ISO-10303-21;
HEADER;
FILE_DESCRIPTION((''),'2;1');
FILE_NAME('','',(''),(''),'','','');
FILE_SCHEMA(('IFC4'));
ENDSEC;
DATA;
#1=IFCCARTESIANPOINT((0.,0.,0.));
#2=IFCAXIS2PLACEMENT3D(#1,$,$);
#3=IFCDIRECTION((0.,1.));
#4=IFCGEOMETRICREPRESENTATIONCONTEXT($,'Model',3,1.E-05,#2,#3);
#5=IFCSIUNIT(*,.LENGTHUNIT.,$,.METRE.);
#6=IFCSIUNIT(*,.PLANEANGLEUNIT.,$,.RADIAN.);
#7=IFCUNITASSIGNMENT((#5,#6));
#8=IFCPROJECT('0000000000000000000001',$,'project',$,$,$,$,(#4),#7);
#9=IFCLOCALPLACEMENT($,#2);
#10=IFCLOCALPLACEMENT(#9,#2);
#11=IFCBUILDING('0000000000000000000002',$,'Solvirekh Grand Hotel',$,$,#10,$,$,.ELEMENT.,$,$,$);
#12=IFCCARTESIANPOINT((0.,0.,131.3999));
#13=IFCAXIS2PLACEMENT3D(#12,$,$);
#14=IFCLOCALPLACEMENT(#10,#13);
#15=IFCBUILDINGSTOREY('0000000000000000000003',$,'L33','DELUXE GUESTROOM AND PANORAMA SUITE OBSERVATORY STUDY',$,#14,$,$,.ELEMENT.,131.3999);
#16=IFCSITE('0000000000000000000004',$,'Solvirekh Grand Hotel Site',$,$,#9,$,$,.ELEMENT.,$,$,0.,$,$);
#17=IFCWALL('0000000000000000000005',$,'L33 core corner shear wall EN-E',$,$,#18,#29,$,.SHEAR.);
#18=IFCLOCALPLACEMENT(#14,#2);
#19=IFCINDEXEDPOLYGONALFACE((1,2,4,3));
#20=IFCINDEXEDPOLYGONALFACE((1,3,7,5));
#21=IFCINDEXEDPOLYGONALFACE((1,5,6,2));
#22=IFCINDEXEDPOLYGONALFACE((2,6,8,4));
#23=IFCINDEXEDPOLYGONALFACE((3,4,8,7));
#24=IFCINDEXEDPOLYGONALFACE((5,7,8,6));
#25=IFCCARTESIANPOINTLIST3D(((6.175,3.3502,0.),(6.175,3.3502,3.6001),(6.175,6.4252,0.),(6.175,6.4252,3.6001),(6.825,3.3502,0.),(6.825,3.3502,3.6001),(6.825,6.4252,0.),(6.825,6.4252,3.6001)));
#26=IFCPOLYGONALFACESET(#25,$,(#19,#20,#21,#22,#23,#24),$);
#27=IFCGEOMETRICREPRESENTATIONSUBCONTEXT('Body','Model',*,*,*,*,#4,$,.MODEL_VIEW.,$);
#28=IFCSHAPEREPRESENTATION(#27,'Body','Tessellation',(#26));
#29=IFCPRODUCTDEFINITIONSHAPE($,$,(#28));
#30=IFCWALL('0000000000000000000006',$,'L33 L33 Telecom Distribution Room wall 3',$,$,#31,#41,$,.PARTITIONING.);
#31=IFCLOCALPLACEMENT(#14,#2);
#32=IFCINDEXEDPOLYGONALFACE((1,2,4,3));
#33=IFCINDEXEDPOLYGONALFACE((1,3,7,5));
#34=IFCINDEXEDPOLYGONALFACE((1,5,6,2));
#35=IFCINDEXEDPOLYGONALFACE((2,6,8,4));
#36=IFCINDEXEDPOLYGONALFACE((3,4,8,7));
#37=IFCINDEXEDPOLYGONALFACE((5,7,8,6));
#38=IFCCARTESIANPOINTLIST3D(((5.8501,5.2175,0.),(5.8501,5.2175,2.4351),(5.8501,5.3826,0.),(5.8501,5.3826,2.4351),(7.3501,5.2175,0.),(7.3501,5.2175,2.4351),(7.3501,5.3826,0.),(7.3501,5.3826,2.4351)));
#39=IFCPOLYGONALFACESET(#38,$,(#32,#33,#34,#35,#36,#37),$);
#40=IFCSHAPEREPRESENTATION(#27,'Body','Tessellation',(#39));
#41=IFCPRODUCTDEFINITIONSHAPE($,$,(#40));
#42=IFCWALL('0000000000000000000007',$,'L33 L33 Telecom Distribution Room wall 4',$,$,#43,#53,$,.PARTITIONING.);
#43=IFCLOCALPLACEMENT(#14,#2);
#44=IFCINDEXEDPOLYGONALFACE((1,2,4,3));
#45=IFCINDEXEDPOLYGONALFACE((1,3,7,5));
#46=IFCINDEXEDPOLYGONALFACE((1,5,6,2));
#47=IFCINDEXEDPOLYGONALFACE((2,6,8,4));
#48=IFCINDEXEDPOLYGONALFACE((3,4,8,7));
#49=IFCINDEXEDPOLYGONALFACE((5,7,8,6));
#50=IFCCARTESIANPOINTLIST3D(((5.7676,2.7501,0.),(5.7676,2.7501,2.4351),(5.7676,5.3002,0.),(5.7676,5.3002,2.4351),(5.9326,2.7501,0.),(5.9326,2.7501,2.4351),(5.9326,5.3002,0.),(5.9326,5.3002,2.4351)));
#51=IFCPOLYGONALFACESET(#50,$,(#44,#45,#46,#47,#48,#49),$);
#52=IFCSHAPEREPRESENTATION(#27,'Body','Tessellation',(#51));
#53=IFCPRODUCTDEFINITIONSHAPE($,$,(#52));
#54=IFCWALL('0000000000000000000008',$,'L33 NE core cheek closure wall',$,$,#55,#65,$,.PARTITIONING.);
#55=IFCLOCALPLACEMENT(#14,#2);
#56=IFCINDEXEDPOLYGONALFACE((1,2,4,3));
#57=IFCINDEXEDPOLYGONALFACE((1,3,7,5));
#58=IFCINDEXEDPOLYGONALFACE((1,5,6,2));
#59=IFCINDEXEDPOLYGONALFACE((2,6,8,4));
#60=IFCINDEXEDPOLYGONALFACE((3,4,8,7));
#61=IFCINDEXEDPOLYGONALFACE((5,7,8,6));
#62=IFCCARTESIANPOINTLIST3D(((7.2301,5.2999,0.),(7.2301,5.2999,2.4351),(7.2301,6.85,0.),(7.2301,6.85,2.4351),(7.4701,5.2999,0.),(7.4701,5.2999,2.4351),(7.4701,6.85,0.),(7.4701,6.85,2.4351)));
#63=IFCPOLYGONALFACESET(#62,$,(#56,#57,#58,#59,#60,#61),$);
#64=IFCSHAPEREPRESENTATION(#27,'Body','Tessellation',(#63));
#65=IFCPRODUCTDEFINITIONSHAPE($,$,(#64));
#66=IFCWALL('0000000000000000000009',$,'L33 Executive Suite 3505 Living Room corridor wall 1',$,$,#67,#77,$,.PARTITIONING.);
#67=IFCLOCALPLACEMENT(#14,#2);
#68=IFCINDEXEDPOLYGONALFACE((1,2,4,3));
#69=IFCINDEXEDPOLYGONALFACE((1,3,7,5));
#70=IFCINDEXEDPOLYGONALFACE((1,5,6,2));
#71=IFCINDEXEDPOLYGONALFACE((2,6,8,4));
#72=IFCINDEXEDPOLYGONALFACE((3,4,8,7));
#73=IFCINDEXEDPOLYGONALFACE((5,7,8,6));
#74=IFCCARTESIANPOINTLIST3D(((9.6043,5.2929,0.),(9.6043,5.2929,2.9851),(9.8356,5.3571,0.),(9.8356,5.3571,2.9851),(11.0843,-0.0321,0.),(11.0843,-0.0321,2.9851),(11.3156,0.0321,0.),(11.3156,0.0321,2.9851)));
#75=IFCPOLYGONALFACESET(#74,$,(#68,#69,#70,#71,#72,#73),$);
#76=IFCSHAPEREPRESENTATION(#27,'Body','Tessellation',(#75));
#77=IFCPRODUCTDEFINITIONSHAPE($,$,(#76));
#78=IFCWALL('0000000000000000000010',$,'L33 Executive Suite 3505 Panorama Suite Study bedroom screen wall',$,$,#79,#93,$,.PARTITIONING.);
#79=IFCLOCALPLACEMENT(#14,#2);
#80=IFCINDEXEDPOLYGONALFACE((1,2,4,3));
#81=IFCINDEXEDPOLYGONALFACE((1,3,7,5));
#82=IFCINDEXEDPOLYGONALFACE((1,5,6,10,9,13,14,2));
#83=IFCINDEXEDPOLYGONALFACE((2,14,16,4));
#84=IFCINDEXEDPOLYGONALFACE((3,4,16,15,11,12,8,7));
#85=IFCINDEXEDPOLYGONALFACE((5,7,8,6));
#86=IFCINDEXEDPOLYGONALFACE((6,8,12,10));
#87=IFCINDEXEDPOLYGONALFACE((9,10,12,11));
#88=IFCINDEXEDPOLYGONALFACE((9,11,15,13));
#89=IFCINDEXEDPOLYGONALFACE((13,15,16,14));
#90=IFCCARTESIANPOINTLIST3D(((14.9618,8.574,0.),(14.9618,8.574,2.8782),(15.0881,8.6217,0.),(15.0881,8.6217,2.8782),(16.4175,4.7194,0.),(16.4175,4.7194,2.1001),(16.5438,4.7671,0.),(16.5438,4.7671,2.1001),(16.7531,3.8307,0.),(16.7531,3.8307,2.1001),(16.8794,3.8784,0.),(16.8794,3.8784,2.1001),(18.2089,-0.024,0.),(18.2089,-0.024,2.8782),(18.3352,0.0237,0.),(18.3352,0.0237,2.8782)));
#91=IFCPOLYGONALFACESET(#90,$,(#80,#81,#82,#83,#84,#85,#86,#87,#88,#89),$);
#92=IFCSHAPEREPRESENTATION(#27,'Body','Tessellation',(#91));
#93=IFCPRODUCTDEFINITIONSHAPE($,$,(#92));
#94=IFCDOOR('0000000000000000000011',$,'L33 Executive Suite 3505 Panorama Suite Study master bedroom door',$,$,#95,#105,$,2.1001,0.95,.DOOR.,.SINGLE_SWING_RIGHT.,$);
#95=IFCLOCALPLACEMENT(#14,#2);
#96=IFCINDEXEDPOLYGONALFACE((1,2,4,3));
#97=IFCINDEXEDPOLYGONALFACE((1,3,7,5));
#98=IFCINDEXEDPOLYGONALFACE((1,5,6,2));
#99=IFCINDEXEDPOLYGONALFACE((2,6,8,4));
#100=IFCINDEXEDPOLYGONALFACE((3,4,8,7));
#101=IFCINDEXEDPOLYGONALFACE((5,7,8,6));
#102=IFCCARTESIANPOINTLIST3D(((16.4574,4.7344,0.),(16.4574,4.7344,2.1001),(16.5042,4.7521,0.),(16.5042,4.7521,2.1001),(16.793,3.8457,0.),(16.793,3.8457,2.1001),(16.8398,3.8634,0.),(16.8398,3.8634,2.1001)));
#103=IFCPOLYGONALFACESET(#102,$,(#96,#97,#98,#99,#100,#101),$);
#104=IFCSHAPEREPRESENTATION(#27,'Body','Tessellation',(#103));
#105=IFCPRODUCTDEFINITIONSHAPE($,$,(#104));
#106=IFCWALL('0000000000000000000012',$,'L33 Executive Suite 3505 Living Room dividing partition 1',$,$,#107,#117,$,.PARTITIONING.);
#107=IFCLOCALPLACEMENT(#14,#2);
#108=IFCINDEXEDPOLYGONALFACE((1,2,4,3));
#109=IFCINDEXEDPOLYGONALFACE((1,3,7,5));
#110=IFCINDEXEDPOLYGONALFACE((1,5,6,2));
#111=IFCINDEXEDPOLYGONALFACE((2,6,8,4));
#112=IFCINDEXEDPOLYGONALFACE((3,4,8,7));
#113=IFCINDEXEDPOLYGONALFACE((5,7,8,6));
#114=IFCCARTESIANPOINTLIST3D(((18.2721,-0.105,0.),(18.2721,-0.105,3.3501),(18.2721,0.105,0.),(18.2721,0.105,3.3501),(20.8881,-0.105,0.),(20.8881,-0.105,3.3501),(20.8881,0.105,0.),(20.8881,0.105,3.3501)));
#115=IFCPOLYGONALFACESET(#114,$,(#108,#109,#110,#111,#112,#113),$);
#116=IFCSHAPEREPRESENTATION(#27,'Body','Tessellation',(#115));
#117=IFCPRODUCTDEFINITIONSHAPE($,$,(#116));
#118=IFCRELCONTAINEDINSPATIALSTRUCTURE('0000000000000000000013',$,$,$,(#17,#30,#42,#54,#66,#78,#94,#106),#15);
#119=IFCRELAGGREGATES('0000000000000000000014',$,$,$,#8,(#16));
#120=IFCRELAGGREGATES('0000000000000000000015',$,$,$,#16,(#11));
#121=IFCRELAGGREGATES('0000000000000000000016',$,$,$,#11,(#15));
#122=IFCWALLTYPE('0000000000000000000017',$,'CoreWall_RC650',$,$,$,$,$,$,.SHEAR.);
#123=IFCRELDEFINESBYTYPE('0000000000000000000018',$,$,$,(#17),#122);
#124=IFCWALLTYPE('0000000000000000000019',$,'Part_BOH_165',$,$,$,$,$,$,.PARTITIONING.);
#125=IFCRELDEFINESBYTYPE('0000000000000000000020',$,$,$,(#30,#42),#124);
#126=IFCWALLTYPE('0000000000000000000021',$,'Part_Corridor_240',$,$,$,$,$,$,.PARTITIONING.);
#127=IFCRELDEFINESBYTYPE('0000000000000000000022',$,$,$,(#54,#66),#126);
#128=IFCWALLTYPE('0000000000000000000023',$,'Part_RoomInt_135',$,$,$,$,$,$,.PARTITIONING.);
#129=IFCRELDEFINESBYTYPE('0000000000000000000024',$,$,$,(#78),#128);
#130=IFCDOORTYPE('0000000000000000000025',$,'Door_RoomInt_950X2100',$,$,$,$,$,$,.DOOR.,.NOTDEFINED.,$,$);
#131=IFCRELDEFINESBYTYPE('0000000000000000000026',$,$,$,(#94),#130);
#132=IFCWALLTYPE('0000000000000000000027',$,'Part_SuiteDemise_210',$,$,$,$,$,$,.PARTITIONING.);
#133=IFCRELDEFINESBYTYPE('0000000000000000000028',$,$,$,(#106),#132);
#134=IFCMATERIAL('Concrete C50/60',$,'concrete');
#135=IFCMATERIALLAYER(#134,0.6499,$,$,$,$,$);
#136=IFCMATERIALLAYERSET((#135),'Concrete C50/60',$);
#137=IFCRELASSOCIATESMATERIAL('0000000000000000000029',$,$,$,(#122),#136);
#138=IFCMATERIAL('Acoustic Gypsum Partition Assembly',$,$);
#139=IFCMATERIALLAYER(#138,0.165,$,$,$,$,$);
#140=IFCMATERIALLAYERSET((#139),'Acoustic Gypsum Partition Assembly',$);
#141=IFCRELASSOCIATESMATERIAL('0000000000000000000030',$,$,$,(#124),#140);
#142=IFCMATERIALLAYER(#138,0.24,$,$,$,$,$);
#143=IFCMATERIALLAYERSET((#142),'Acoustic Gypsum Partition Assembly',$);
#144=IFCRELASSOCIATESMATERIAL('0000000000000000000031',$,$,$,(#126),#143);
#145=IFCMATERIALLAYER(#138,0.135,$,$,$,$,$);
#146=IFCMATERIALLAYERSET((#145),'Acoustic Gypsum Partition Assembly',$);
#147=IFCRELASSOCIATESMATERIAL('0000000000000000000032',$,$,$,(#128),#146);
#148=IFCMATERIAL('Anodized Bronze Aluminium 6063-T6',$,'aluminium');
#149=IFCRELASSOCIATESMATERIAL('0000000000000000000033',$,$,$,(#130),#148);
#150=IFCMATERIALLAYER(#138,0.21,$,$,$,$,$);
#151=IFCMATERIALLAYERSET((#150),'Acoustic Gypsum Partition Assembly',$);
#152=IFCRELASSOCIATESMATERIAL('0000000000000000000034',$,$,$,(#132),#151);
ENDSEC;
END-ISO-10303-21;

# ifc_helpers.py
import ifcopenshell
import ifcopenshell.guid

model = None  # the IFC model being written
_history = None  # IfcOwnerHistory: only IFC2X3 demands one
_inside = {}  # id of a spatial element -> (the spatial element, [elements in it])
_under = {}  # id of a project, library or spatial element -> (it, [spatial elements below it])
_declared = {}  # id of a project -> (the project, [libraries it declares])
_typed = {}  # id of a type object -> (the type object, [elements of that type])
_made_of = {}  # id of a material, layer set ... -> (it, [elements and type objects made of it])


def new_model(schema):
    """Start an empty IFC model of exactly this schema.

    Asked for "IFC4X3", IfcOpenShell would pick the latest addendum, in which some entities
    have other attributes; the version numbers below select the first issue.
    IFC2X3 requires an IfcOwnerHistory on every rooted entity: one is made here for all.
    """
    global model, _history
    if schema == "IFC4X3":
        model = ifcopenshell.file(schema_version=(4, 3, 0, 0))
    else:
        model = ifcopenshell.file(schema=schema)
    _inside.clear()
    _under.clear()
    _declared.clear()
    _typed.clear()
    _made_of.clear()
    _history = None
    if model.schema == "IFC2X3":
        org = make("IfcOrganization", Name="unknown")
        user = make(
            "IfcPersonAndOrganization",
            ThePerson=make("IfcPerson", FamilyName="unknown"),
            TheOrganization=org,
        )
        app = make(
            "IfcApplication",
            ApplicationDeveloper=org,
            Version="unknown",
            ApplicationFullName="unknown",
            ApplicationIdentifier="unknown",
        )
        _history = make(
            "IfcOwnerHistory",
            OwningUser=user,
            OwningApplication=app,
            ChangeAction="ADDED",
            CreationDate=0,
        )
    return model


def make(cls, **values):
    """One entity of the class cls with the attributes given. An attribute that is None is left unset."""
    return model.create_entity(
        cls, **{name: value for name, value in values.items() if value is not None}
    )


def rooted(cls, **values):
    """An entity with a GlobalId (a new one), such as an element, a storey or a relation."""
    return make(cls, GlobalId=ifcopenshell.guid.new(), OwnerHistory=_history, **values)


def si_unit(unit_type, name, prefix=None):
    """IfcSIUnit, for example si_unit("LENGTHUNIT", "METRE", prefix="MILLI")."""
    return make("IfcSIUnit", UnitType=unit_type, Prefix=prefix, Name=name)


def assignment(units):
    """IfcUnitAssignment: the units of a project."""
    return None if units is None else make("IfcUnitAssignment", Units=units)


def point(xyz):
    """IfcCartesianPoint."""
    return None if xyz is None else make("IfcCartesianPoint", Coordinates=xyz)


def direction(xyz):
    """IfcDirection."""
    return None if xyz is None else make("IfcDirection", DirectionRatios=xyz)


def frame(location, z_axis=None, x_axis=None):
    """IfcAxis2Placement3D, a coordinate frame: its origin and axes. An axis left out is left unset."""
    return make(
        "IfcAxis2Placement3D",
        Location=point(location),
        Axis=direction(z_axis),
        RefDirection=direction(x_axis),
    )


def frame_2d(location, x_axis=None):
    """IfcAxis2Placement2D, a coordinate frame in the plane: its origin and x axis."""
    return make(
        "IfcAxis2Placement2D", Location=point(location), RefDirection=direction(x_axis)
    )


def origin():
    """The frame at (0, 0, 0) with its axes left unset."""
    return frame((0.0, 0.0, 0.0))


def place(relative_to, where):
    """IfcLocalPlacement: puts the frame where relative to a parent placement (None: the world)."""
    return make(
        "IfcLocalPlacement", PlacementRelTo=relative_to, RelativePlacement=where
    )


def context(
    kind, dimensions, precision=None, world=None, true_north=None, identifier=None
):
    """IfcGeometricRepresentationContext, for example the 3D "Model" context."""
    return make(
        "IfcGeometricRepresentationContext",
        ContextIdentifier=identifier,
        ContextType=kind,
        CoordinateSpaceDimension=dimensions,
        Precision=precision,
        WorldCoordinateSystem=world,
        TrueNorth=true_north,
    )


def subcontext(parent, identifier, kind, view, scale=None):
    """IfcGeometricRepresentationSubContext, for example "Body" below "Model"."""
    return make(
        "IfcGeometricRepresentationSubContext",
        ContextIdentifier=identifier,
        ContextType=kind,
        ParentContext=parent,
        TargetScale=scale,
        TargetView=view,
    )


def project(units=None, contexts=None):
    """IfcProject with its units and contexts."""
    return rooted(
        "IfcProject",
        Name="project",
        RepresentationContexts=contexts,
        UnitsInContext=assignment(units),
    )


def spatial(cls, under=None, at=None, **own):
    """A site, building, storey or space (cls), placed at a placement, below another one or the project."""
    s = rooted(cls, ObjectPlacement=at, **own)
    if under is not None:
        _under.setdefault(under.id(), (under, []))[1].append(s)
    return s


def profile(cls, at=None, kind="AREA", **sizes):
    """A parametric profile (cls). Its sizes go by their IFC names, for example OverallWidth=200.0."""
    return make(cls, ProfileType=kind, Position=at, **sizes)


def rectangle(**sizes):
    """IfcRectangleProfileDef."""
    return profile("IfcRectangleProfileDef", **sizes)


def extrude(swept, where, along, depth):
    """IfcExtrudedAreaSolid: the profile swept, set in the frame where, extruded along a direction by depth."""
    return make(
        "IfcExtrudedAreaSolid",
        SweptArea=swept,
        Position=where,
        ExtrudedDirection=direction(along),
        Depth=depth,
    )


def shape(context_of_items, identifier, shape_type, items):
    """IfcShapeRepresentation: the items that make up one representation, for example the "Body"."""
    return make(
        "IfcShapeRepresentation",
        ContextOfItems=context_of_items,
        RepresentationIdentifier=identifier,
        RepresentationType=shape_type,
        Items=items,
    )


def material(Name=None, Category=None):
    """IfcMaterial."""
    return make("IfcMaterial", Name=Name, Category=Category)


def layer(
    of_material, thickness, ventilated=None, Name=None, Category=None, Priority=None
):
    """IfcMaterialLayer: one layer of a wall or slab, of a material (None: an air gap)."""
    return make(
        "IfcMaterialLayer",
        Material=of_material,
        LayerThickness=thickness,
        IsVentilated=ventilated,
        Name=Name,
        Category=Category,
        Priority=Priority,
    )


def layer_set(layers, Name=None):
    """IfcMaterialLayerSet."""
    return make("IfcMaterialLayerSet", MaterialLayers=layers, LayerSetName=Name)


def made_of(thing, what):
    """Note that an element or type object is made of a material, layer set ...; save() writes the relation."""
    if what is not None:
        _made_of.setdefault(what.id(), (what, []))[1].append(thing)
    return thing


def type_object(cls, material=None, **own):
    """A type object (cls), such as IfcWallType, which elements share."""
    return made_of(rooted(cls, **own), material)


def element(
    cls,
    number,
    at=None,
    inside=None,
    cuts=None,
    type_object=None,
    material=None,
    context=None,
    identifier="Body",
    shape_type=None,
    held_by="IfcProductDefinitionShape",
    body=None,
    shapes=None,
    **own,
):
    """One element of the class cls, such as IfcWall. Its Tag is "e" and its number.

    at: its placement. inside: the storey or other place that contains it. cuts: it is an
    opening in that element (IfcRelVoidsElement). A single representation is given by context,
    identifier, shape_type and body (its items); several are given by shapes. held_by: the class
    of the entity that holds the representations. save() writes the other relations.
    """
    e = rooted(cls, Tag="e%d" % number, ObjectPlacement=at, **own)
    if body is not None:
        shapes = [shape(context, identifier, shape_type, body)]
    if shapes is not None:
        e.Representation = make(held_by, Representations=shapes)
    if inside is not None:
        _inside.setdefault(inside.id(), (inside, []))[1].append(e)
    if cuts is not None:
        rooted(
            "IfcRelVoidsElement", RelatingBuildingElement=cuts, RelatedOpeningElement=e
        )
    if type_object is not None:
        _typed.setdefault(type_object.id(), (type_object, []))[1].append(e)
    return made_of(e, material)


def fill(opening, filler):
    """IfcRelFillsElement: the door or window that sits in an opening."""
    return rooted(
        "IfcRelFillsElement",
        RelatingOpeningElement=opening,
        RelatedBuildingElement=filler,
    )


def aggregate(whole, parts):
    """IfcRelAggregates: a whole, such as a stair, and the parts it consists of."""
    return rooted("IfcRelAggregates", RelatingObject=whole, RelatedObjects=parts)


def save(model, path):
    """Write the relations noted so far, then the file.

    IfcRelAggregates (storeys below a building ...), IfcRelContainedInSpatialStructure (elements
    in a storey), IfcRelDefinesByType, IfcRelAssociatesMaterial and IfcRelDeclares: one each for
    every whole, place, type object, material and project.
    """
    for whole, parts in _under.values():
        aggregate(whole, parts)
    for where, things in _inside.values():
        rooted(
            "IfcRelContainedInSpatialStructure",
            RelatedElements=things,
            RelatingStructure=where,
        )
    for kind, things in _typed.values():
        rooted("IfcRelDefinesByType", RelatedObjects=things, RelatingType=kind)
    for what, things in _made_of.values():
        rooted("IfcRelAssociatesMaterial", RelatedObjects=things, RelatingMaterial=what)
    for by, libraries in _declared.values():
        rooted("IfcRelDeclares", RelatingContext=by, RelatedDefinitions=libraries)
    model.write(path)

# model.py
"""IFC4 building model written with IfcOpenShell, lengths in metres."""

from ifc_helpers import new_model, si_unit, direction, frame, frame_2d, origin, place, context, subcontext, project, spatial, rectangle, extrude, material, layer, layer_set, type_object, element, fill, save


model = new_model("IFC4")

# Units and contexts
model_context = context("Model", 3, precision=1e-05, world=origin(), true_north=direction((0.0, 1.0)))
body_context = subcontext(model_context, "Body", "Model", "MODEL_VIEW")
ifc_project = project(units=[si_unit("LENGTHUNIT", "METRE"), si_unit("PLANEANGLEUNIT", "RADIAN")], contexts=[model_context])

# Site, building, storey
site_placement = place(None, origin())
site = spatial("IfcSite", under=ifc_project, at=site_placement, Name="Solvirekh Grand Hotel Site", CompositionType="ELEMENT", RefElevation=0.0)
building_placement = place(site_placement, origin())
building = spatial("IfcBuilding", under=site, at=building_placement, Name="Solvirekh Grand Hotel", CompositionType="ELEMENT")
storey_placement = place(building_placement, frame((0.0, 0.0, 131.3999)))
storey = spatial("IfcBuildingStorey", under=building, at=storey_placement, Name="L33", Description="DELUXE GUESTROOM AND PANORAMA SUITE OBSERVATORY STUDY", CompositionType="ELEMENT", Elevation=131.3999)

# Shared definitions
ifc_material_1 = material(Name="Concrete C50/60", Category="concrete")

# Shared definitions
ifc_material_2 = material(Name="Anodized Bronze Aluminium 6063-T6", Category="aluminium")

# Wall
ifc_layer_1 = layer(ifc_material_1, 0.6499)
ifc_layer_set_1 = layer_set([ifc_layer_1], Name="Concrete C50/60")
wall_type_1 = type_object("IfcWallType", Name="CoreWall_RC650", PredefinedType="SHEAR", material=ifc_layer_set_1)
wall_1_placement = place(storey_placement, frame((6.5, 3.3501, 0.0), z_axis=(0.0, 0.0, 1.0), x_axis=(0.0, 1.0, 0.0)))
element("IfcWall", 1, at=wall_1_placement, inside=storey, type_object=wall_type_1, Name="L33 core corner shear wall EN-E", PredefinedType="SHEAR", context=body_context, shape_type="SweptSolid", body=[
    extrude(rectangle(XDim=3.075, YDim=0.6499, at=frame_2d((1.5376, 0.0))), origin(), (0.0, 0.0, 1.0), 3.6001),
])

# Shared definitions
ifc_material_3 = material(Name="Acoustic Gypsum Partition Assembly")
ifc_layer_2 = layer(ifc_material_3, 0.165)
ifc_layer_set_2 = layer_set([ifc_layer_2], Name="Acoustic Gypsum Partition Assembly")
wall_type_2 = type_object("IfcWallType", Name="Part_BOH_165", PredefinedType="PARTITIONING", material=ifc_layer_set_2)

# Walls
wall_2_placement = place(storey_placement, frame((7.3501, 5.3, 0.0), z_axis=(0.0, 0.0, 1.0), x_axis=(-1.0, 0.0, 0.0)))
element("IfcWall", 2, at=wall_2_placement, inside=storey, type_object=wall_type_2, Name="L33 L33 Telecom Distribution Room wall 3", PredefinedType="PARTITIONING", context=body_context, shape_type="SweptSolid", body=[
    extrude(rectangle(XDim=1.5, YDim=0.165, at=frame_2d((0.75, 0.0))), origin(), (0.0, 0.0, 1.0), 2.4351),
])
wall_3_placement = place(storey_placement, frame((5.8501, 5.3, 0.0), z_axis=(0.0, 0.0, 1.0), x_axis=(0.0, -1.0, 0.0)))
element("IfcWall", 3, at=wall_3_placement, inside=storey, type_object=wall_type_2, Name="L33 L33 Telecom Distribution Room wall 4", PredefinedType="PARTITIONING", context=body_context, shape_type="SweptSolid", body=[
    extrude(rectangle(XDim=2.55, YDim=0.165, at=frame_2d((1.2749, 0.0))), origin(), (0.0, 0.0, 1.0), 2.4351),
])
ifc_layer_3 = layer(ifc_material_3, 0.24)
ifc_layer_set_3 = layer_set([ifc_layer_3], Name="Acoustic Gypsum Partition Assembly")
wall_type_3 = type_object("IfcWallType", Name="Part_Corridor_240", PredefinedType="PARTITIONING", material=ifc_layer_set_3)
wall_4_placement = place(storey_placement, frame((7.3501, 5.3, 0.0), z_axis=(0.0, 0.0, 1.0), x_axis=(0.0, 1.0, 0.0)))
element("IfcWall", 4, at=wall_4_placement, inside=storey, type_object=wall_type_3, Name="L33 NE core cheek closure wall", PredefinedType="PARTITIONING", context=body_context, shape_type="SweptSolid", body=[
    extrude(rectangle(XDim=1.55, YDim=0.24, at=frame_2d((0.7749, 0.0))), origin(), (0.0, 0.0, 1.0), 2.4351),
])
wall_5_placement = place(storey_placement, frame((11.2, 0.0, 0.0), z_axis=(0.0, 0.0, 1.0), x_axis=(-0.267783, 0.963479, 0.0)))
element("IfcWall", 5, at=wall_5_placement, inside=storey, type_object=wall_type_3, Name="L33 Executive Suite 3505 Living Room corridor wall 1", PredefinedType="PARTITIONING", context=body_context, shape_type="SweptSolid", body=[
    extrude(rectangle(XDim=5.5269, YDim=0.24, at=frame_2d((2.7634, 0.0))), origin(), (0.0, 0.0, 1.0), 2.9851),
])

# Wall, opening, door
ifc_layer_4 = layer(ifc_material_3, 0.135)
ifc_layer_set_4 = layer_set([ifc_layer_4], Name="Acoustic Gypsum Partition Assembly")
wall_type_4 = type_object("IfcWallType", Name="Part_RoomInt_135", PredefinedType="PARTITIONING", material=ifc_layer_set_4)
wall_6_placement = place(storey_placement, frame((18.272, 0.0, 0.0), z_axis=(0.0, 0.0, 1.0), x_axis=(-0.353303, 0.935509, 0.0)))
wall_6 = element("IfcWall", 6, at=wall_6_placement, inside=storey, type_object=wall_type_4, Name="L33 Executive Suite 3505 Panorama Suite Study bedroom screen wall", PredefinedType="PARTITIONING", context=body_context, shape_type="SweptSolid", body=[
    extrude(rectangle(XDim=9.1907, YDim=0.135, at=frame_2d((4.5952, 0.0))), origin(), (0.0, 0.0, 1.0), 2.8782),
])
opening_1_placement = place(wall_6_placement, frame((4.1201, 0.0, 0.0)))
opening_1 = element("IfcOpeningElement", 7, at=opening_1_placement, cuts=wall_6, PredefinedType="OPENING", context=body_context, shape_type="SweptSolid", body=[
    extrude(rectangle(XDim=0.95, YDim=2.1001, at=frame_2d((0.4751, 1.05))), frame((0.0, 0.0776, 0.0), z_axis=(0.0, -1.0, 0.0), x_axis=(1.0, 0.0, 0.0)), (0.0, 0.0, 1.0), 0.155),
])
door_type_1 = type_object("IfcDoorType", Name="Door_RoomInt_950X2100", OperationType="NOTDEFINED", PredefinedType="DOOR", material=ifc_material_2)
door_1_placement = place(opening_1_placement, origin())
door_1 = element("IfcDoor", 8, at=door_1_placement, inside=storey, type_object=door_type_1, Name="L33 Executive Suite 3505 Panorama Suite Study master bedroom door", OperationType="SINGLE_SWING_RIGHT", OverallHeight=2.1001, OverallWidth=0.95, PredefinedType="DOOR", context=body_context, shape_type="SweptSolid", body=[
    extrude(rectangle(XDim=0.95, YDim=2.1001, at=frame_2d((0.4751, 1.05))), frame((0.0, 0.0249, 0.0), z_axis=(0.0, -1.0, 0.0), x_axis=(1.0, 0.0, 0.0)), (0.0, 0.0, 1.0), 0.05),
])
fill(opening_1, door_1)

# Wall
ifc_layer_5 = layer(ifc_material_3, 0.21)
ifc_layer_set_5 = layer_set([ifc_layer_5], Name="Acoustic Gypsum Partition Assembly")
wall_type_5 = type_object("IfcWallType", Name="Part_SuiteDemise_210", PredefinedType="PARTITIONING", material=ifc_layer_set_5)
wall_7_placement = place(storey_placement, frame((18.272, 0.0, 0.0), z_axis=(0.0, 0.0, 1.0), x_axis=(1.0, 0.0, 0.0)))
element("IfcWall", 9, at=wall_7_placement, inside=storey, type_object=wall_type_5, Name="L33 Executive Suite 3505 Living Room dividing partition 1", PredefinedType="PARTITIONING", context=body_context, shape_type="SweptSolid", body=[
    extrude(rectangle(XDim=2.616, YDim=0.21, at=frame_2d((1.3081, 0.0))), origin(), (0.0, 0.0, 1.0), 3.3501),
])

save(model, "model.ifc")
